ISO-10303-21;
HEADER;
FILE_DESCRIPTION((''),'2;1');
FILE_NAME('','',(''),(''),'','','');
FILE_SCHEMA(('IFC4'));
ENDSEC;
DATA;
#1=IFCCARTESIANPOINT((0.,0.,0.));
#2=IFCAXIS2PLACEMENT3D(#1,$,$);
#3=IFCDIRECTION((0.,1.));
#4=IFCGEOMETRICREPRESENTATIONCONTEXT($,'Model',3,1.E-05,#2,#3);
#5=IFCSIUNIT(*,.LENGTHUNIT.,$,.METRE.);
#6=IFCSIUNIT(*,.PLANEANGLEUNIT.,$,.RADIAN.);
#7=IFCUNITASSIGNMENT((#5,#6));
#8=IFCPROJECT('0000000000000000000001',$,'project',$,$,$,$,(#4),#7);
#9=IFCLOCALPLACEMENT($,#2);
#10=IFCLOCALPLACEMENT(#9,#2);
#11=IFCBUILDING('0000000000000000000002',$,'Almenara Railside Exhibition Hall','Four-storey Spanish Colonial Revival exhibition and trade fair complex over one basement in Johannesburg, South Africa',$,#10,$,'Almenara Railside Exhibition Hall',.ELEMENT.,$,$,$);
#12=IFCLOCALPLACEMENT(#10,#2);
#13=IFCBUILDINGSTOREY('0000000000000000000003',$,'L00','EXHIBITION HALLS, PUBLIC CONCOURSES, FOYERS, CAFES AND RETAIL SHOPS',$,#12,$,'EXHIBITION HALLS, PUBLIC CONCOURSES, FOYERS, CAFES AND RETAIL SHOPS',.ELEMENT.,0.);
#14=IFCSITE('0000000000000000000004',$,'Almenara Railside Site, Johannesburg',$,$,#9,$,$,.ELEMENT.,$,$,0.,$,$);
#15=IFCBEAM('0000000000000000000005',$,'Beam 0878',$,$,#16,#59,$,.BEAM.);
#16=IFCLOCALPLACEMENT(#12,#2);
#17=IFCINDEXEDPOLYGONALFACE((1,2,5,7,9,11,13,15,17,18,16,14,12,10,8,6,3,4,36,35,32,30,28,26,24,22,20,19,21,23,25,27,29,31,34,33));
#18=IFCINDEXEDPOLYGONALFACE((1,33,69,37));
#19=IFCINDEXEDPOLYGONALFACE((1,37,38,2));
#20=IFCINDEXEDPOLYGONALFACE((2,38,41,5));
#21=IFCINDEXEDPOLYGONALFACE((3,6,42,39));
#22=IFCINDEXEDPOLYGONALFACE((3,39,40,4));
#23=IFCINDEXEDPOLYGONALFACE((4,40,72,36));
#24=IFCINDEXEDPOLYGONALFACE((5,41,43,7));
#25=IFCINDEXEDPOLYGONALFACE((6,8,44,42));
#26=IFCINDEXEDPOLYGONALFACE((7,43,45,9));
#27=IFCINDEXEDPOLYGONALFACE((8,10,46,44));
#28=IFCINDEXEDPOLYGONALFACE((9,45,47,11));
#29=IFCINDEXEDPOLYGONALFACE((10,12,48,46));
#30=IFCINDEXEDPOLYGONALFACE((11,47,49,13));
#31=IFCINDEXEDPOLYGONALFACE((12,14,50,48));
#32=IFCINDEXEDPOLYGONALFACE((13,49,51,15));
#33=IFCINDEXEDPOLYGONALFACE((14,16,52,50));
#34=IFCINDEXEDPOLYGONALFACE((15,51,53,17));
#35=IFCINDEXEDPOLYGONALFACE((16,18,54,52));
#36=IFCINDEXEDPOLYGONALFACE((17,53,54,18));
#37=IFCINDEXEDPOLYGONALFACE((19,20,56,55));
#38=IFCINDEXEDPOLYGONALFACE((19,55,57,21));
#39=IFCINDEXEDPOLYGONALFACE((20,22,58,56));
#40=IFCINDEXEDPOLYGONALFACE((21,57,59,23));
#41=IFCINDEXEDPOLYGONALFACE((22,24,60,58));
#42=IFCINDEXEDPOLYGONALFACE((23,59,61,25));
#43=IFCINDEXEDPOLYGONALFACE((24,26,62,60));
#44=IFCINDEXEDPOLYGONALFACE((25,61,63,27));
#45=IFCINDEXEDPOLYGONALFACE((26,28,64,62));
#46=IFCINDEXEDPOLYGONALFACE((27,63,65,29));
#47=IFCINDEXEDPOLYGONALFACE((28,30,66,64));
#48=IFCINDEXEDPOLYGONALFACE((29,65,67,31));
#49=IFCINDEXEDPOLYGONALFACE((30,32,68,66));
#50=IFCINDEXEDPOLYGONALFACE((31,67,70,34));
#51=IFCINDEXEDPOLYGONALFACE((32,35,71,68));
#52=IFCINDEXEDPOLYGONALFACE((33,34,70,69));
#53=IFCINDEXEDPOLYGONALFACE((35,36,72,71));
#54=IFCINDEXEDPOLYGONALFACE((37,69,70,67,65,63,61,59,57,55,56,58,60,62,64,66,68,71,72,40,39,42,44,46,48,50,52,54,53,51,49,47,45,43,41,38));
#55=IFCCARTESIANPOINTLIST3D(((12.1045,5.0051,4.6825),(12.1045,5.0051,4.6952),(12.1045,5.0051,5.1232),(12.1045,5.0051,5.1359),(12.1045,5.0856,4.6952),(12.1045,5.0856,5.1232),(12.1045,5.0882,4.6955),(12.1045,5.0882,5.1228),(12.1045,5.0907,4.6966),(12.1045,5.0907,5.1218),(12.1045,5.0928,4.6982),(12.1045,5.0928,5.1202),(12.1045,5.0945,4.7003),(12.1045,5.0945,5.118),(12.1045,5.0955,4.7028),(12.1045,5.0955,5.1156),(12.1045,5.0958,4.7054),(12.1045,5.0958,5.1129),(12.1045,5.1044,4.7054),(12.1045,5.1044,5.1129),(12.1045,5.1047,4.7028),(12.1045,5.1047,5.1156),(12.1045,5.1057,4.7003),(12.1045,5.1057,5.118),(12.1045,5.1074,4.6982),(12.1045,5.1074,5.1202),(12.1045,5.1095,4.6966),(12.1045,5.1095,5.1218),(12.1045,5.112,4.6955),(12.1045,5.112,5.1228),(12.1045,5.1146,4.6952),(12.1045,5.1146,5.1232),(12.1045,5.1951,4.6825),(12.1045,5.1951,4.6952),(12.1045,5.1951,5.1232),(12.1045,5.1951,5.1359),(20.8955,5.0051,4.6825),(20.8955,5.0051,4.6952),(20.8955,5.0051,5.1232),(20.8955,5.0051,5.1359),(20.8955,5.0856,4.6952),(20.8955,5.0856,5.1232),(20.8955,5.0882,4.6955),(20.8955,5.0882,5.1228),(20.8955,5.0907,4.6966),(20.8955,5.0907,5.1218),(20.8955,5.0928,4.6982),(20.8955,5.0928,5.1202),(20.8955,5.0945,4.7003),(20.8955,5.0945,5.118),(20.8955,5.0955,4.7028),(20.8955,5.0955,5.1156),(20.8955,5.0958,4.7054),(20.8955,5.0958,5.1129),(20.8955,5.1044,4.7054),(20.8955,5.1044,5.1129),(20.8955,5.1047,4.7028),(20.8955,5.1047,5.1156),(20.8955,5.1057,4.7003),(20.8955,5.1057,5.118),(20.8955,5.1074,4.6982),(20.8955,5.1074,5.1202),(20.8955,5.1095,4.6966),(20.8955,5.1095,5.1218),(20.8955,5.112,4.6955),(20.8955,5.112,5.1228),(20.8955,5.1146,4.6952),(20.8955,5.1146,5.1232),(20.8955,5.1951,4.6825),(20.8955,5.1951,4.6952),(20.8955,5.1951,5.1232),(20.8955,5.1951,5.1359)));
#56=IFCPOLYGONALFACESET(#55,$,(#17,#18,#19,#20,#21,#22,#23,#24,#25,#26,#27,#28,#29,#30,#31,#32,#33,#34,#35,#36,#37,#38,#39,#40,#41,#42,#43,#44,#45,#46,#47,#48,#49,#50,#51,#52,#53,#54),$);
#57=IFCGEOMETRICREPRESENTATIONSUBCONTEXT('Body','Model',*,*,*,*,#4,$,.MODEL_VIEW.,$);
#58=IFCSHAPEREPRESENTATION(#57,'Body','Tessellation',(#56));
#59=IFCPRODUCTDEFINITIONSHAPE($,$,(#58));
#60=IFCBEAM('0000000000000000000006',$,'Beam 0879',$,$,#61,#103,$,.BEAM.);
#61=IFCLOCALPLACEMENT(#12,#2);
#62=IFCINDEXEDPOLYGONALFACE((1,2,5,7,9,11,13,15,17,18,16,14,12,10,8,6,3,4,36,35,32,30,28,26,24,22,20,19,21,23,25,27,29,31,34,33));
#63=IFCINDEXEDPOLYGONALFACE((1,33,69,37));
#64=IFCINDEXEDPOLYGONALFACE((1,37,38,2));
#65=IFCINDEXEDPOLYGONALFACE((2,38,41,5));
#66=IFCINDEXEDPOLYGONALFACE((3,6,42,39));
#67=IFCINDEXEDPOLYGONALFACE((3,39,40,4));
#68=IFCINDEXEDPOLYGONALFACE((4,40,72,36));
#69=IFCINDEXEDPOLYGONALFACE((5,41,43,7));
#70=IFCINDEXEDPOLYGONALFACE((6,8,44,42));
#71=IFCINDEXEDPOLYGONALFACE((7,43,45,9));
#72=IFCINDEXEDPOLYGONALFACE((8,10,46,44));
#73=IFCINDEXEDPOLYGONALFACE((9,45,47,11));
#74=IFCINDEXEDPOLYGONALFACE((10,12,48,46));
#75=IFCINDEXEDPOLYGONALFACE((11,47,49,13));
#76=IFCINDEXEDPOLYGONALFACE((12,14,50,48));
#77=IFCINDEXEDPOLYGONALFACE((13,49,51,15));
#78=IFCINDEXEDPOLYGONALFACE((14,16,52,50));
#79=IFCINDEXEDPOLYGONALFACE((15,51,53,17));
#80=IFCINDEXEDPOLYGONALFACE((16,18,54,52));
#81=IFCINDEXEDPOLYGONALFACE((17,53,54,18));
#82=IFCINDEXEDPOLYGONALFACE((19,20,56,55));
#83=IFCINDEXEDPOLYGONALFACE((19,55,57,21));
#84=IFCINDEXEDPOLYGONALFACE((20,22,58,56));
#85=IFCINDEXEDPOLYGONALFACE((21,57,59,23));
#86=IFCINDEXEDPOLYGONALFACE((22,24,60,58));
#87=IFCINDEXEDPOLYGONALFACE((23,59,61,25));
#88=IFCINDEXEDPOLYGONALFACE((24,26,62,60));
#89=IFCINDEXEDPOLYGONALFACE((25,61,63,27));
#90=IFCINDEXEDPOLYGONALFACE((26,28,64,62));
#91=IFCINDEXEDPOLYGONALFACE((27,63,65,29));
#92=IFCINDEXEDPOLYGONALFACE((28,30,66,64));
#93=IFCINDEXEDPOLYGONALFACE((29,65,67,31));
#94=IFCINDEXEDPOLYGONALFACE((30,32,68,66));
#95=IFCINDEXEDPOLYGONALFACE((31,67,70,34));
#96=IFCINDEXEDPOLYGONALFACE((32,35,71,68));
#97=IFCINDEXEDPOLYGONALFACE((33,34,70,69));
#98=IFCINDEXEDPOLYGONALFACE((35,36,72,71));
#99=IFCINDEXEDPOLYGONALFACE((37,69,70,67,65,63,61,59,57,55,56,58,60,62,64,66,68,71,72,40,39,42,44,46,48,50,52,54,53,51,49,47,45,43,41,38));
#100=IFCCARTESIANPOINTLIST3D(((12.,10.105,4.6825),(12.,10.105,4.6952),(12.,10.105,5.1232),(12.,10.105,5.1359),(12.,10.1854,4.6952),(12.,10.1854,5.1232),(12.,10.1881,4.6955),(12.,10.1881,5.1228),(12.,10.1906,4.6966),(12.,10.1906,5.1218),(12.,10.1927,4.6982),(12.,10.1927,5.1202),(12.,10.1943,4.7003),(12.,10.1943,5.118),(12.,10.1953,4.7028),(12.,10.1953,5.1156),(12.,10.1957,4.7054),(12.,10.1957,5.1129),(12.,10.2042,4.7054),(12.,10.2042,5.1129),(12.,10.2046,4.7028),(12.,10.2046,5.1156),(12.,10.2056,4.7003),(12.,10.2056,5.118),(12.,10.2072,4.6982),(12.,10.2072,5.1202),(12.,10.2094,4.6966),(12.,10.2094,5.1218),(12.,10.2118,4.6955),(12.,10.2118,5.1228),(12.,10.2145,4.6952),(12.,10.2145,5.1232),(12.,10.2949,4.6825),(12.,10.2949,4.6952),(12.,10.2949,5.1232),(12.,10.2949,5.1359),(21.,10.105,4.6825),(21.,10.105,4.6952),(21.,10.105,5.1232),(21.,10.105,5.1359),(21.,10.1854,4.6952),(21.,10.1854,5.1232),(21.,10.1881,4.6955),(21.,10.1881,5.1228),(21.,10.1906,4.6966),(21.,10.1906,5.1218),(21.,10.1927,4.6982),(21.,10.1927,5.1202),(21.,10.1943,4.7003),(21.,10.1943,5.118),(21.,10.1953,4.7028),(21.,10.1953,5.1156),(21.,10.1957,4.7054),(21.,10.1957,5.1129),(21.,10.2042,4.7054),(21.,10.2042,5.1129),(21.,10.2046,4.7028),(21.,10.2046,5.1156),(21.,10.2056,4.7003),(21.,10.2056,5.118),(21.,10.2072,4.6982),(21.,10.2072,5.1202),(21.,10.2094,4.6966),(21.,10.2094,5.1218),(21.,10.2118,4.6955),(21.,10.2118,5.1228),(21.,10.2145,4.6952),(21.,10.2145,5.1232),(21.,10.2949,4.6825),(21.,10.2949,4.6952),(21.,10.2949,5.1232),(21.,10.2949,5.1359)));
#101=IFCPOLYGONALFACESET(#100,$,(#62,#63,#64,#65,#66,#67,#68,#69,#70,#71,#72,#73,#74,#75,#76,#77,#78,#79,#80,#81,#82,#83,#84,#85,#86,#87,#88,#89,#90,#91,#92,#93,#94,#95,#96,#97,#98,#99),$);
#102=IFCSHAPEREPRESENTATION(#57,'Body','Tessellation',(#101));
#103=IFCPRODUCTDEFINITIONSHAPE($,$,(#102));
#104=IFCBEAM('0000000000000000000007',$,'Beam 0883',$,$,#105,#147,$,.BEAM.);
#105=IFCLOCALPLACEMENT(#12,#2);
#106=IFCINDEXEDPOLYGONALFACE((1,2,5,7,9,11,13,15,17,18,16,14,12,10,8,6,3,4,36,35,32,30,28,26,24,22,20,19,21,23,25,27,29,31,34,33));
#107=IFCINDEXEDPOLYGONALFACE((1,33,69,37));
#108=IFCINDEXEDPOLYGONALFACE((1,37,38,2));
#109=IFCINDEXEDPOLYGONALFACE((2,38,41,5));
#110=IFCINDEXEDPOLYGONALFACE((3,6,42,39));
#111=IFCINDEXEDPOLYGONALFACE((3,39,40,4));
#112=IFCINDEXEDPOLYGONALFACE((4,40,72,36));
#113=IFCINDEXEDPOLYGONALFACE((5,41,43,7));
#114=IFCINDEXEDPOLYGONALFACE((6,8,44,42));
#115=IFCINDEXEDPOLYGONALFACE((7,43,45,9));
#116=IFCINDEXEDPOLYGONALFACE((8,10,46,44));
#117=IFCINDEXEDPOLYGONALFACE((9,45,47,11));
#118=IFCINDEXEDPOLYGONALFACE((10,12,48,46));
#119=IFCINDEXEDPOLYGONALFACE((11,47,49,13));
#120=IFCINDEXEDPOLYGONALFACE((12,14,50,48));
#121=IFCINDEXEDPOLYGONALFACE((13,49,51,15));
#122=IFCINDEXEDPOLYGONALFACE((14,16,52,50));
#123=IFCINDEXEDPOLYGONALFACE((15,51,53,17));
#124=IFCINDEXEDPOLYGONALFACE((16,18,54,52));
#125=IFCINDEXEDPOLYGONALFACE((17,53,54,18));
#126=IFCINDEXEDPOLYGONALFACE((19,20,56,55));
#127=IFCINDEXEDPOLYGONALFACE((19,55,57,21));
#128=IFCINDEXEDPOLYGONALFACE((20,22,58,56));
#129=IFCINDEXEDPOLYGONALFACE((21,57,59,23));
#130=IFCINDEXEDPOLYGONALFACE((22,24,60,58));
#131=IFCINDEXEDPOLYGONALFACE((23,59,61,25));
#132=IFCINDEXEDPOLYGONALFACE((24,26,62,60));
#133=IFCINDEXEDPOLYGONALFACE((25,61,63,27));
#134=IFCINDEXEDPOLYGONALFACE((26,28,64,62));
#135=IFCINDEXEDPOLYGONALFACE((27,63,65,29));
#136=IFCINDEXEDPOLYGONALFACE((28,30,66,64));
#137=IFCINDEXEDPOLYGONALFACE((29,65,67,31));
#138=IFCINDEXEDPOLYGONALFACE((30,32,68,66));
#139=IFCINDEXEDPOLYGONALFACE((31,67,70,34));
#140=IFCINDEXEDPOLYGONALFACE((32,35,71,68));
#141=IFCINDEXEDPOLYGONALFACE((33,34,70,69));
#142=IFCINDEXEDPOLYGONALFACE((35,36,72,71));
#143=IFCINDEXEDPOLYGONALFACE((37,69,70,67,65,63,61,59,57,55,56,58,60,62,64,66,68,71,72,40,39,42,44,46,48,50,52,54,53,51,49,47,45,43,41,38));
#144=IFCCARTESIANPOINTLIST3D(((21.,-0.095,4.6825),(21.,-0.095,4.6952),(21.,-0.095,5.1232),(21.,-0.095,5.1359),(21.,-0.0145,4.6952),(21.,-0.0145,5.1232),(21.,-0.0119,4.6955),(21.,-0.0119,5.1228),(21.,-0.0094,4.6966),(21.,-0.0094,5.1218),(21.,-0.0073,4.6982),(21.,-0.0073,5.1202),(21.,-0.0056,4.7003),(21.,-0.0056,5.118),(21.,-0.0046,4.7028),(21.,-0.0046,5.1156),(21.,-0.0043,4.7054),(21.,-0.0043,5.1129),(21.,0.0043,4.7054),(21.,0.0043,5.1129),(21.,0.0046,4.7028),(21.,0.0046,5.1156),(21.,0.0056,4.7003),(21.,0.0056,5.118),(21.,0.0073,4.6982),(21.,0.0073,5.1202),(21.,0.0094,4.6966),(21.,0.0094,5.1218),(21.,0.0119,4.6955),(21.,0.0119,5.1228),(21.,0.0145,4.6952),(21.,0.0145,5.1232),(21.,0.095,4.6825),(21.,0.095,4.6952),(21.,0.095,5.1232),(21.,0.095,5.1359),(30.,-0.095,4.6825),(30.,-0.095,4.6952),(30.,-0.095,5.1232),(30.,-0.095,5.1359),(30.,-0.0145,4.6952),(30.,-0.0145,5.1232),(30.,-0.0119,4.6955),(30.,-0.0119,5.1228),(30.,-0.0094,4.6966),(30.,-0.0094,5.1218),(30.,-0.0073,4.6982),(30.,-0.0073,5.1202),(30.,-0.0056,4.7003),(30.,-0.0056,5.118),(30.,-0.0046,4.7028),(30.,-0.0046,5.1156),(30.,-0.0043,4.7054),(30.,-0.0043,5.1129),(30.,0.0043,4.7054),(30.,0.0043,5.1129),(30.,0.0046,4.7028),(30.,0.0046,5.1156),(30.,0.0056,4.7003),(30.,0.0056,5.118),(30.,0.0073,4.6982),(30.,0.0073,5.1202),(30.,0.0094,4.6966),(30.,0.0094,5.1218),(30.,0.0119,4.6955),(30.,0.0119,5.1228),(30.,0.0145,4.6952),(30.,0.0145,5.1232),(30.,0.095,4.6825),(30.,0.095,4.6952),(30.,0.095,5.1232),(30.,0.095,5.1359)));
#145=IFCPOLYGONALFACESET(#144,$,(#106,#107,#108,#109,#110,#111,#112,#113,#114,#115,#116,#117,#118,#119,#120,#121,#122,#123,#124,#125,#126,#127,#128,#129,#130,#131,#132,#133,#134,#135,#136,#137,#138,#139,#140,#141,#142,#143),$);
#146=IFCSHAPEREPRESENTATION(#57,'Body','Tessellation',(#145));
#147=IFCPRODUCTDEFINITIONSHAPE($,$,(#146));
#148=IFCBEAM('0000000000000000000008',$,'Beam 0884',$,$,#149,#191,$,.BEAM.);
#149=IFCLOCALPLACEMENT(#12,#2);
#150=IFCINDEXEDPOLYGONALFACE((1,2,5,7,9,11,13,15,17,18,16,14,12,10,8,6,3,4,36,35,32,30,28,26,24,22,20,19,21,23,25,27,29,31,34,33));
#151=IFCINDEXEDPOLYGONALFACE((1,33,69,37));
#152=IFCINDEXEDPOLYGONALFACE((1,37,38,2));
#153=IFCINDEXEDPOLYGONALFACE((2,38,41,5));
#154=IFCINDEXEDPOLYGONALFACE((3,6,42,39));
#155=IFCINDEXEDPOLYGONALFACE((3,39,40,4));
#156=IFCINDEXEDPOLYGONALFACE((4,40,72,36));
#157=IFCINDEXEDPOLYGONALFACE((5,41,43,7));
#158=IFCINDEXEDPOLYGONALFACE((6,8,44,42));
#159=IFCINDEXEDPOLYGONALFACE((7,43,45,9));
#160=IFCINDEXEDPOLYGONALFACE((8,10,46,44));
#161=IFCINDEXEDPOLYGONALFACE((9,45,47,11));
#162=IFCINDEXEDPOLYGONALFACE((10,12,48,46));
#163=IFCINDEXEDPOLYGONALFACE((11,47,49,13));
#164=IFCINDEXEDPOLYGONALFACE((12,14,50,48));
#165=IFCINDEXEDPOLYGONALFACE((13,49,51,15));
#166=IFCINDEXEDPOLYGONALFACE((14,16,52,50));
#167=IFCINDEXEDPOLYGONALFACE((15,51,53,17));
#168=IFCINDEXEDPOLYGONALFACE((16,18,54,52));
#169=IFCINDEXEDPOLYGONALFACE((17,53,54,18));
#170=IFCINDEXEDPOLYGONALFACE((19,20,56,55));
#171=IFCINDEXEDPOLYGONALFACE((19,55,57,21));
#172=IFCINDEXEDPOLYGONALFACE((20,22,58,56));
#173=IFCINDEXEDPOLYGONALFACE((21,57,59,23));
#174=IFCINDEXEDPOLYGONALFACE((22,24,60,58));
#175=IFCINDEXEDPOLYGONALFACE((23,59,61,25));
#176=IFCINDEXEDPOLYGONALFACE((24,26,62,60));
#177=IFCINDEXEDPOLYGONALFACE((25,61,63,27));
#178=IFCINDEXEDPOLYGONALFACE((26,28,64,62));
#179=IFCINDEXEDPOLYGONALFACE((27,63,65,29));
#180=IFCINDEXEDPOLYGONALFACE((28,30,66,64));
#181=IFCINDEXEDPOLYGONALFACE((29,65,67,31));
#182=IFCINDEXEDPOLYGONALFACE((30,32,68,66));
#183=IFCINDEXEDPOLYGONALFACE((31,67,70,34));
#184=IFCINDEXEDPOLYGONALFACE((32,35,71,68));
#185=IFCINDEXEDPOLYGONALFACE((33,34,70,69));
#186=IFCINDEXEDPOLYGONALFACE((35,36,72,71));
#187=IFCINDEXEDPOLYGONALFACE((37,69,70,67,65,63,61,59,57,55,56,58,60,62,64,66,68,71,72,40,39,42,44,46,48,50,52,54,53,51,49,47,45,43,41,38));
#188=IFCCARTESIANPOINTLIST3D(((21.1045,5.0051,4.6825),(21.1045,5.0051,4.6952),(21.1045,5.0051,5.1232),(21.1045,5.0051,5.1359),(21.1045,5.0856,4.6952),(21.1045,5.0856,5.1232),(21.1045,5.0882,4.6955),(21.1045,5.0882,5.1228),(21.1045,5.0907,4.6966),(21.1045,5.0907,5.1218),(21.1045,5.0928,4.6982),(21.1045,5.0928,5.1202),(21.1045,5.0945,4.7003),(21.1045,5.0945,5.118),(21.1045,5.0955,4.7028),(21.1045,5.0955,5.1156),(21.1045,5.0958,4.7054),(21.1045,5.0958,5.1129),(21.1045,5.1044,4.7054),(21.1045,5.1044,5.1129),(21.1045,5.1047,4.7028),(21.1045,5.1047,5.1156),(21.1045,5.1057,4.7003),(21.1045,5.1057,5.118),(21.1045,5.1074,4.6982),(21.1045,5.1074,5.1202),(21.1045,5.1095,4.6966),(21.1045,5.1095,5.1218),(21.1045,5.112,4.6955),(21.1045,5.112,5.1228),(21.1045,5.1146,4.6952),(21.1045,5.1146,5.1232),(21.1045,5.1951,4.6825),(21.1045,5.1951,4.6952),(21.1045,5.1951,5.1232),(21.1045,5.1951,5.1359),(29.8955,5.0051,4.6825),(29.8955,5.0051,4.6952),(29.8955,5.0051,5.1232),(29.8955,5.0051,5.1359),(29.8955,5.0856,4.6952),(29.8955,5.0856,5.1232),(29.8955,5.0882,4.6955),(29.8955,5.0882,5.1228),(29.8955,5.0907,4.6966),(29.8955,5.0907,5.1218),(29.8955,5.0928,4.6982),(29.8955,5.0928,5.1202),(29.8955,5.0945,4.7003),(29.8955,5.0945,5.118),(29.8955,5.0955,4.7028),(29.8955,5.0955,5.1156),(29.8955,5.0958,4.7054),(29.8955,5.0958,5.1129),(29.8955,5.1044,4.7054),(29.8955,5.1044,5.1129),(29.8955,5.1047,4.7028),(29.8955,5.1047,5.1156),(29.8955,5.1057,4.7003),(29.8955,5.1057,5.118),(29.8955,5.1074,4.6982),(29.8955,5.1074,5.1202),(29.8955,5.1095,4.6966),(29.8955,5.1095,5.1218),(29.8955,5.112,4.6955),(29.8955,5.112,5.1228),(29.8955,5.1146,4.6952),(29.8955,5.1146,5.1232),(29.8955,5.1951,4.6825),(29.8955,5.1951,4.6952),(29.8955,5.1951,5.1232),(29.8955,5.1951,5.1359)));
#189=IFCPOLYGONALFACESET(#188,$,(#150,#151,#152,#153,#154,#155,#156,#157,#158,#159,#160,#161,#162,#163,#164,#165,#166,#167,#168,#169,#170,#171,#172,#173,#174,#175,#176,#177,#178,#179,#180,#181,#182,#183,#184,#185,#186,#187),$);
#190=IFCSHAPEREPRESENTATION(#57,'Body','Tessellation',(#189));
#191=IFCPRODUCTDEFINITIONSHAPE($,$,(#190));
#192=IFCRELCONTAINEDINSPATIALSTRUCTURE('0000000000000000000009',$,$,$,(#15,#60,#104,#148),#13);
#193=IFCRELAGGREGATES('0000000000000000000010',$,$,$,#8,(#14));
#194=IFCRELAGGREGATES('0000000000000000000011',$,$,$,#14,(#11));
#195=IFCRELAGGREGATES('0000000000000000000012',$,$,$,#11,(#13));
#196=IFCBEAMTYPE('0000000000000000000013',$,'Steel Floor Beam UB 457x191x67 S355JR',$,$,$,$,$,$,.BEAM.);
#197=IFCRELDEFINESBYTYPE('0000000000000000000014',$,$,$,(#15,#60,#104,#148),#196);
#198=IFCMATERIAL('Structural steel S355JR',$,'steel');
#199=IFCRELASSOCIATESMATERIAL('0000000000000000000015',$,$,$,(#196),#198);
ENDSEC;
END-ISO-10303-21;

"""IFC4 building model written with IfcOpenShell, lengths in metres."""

from ifc_helpers import new_model, si_unit, direction, frame, origin, origin_2d, place, context, subcontext, project, spatial, i_section, extrude, material, material_profile, profile_set, type_object, element, save


model = new_model("IFC4")

# Units and contexts
model_context = context("Model", 3, precision=1e-05, world=origin(), true_north=direction((0.0, 1.0)))
body_context = subcontext(model_context, "Body", "Model", "MODEL_VIEW")
ifc_project = project(units=[si_unit("LENGTHUNIT", "METRE"), si_unit("PLANEANGLEUNIT", "RADIAN")], contexts=[model_context])

# Site, building, storey
site_placement = place(None, origin())
site = spatial("IfcSite", under=ifc_project, at=site_placement, Name="Almenara Railside Site, Johannesburg", CompositionType="ELEMENT", RefElevation=0.0)
building_placement = place(site_placement, origin())
building = spatial("IfcBuilding", under=site, at=building_placement, Name="Almenara Railside Exhibition Hall", Description="Four-storey Spanish Colonial Revival exhibition and trade fair complex over one basement in Johannesburg, South Africa", LongName="Almenara Railside Exhibition Hall", CompositionType="ELEMENT")
storey_placement = place(building_placement, origin())
storey = spatial("IfcBuildingStorey", under=building, at=storey_placement, Name="L00", Description="EXHIBITION HALLS, PUBLIC CONCOURSES, FOYERS, CAFES AND RETAIL SHOPS", LongName="EXHIBITION HALLS, PUBLIC CONCOURSES, FOYERS, CAFES AND RETAIL SHOPS", CompositionType="ELEMENT", Elevation=0.0)

# Beams
ifc_material_1 = material(Name="Structural steel S355JR", Category="steel")
ifc_material_profile_1 = material_profile(ifc_material_1, i_section(OverallWidth=0.1899, OverallDepth=0.4534, WebThickness=0.0085, FlangeThickness=0.0127, FilletRadius=0.0103, at=origin_2d()), Name="UB 457x191x67")
ifc_profile_set_1 = profile_set([ifc_material_profile_1], Name="Structural steel S355JR")
beam_type_1 = type_object("IfcBeamType", Name="Steel Floor Beam UB 457x191x67 S355JR", PredefinedType="BEAM", material=ifc_profile_set_1)
beam_1_placement = place(storey_placement, frame((12.1045, 5.1001, 4.9092), z_axis=(1.0, 0.0, 0.0), x_axis=(0.0, 1.0, 0.0)))
element("IfcBeam", 1, at=beam_1_placement, inside=storey, type_object=beam_type_1, Name="Beam 0878", PredefinedType="BEAM", context=body_context, shape_type="SweptSolid", body=[
    extrude(i_section(OverallWidth=0.1899, OverallDepth=0.4534, WebThickness=0.0085, FlangeThickness=0.0127, FilletRadius=0.0103, at=origin_2d()), origin(), (0.0, 0.0, 1.0), 8.791),
])
for number, where, z_axis, x_axis, name in (
    (2, (12.0, 10.2, 4.9092), (1.0, 0.0, 0.0), (0.0, 1.0, 0.0), "Beam 0879"),
    (3, (21.0, 0.0, 4.9092), (1.0, 0.0, 0.0), (0.0, 1.0, 0.0), "Beam 0883"),
):
    element("IfcBeam", number, at=place(storey_placement, frame(where, z_axis=z_axis, x_axis=x_axis)), inside=storey, type_object=beam_type_1, Name=name, PredefinedType="BEAM", context=body_context, shape_type="SweptSolid", body=[
        extrude(i_section(OverallWidth=0.1899, OverallDepth=0.4534, WebThickness=0.0085, FlangeThickness=0.0127, FilletRadius=0.0103, at=origin_2d()), origin(), (0.0, 0.0, 1.0), 9.0),
    ])
beam_2_placement = place(storey_placement, frame((21.1045, 5.1001, 4.9092), z_axis=(1.0, 0.0, 0.0), x_axis=(0.0, 1.0, 0.0)))
element("IfcBeam", 4, at=beam_2_placement, inside=storey, type_object=beam_type_1, Name="Beam 0884", PredefinedType="BEAM", context=body_context, shape_type="SweptSolid", body=[
    extrude(i_section(OverallWidth=0.1899, OverallDepth=0.4534, WebThickness=0.0085, FlangeThickness=0.0127, FilletRadius=0.0103, at=origin_2d()), origin(), (0.0, 0.0, 1.0), 8.791),
])

save(model, "model.ifc")
